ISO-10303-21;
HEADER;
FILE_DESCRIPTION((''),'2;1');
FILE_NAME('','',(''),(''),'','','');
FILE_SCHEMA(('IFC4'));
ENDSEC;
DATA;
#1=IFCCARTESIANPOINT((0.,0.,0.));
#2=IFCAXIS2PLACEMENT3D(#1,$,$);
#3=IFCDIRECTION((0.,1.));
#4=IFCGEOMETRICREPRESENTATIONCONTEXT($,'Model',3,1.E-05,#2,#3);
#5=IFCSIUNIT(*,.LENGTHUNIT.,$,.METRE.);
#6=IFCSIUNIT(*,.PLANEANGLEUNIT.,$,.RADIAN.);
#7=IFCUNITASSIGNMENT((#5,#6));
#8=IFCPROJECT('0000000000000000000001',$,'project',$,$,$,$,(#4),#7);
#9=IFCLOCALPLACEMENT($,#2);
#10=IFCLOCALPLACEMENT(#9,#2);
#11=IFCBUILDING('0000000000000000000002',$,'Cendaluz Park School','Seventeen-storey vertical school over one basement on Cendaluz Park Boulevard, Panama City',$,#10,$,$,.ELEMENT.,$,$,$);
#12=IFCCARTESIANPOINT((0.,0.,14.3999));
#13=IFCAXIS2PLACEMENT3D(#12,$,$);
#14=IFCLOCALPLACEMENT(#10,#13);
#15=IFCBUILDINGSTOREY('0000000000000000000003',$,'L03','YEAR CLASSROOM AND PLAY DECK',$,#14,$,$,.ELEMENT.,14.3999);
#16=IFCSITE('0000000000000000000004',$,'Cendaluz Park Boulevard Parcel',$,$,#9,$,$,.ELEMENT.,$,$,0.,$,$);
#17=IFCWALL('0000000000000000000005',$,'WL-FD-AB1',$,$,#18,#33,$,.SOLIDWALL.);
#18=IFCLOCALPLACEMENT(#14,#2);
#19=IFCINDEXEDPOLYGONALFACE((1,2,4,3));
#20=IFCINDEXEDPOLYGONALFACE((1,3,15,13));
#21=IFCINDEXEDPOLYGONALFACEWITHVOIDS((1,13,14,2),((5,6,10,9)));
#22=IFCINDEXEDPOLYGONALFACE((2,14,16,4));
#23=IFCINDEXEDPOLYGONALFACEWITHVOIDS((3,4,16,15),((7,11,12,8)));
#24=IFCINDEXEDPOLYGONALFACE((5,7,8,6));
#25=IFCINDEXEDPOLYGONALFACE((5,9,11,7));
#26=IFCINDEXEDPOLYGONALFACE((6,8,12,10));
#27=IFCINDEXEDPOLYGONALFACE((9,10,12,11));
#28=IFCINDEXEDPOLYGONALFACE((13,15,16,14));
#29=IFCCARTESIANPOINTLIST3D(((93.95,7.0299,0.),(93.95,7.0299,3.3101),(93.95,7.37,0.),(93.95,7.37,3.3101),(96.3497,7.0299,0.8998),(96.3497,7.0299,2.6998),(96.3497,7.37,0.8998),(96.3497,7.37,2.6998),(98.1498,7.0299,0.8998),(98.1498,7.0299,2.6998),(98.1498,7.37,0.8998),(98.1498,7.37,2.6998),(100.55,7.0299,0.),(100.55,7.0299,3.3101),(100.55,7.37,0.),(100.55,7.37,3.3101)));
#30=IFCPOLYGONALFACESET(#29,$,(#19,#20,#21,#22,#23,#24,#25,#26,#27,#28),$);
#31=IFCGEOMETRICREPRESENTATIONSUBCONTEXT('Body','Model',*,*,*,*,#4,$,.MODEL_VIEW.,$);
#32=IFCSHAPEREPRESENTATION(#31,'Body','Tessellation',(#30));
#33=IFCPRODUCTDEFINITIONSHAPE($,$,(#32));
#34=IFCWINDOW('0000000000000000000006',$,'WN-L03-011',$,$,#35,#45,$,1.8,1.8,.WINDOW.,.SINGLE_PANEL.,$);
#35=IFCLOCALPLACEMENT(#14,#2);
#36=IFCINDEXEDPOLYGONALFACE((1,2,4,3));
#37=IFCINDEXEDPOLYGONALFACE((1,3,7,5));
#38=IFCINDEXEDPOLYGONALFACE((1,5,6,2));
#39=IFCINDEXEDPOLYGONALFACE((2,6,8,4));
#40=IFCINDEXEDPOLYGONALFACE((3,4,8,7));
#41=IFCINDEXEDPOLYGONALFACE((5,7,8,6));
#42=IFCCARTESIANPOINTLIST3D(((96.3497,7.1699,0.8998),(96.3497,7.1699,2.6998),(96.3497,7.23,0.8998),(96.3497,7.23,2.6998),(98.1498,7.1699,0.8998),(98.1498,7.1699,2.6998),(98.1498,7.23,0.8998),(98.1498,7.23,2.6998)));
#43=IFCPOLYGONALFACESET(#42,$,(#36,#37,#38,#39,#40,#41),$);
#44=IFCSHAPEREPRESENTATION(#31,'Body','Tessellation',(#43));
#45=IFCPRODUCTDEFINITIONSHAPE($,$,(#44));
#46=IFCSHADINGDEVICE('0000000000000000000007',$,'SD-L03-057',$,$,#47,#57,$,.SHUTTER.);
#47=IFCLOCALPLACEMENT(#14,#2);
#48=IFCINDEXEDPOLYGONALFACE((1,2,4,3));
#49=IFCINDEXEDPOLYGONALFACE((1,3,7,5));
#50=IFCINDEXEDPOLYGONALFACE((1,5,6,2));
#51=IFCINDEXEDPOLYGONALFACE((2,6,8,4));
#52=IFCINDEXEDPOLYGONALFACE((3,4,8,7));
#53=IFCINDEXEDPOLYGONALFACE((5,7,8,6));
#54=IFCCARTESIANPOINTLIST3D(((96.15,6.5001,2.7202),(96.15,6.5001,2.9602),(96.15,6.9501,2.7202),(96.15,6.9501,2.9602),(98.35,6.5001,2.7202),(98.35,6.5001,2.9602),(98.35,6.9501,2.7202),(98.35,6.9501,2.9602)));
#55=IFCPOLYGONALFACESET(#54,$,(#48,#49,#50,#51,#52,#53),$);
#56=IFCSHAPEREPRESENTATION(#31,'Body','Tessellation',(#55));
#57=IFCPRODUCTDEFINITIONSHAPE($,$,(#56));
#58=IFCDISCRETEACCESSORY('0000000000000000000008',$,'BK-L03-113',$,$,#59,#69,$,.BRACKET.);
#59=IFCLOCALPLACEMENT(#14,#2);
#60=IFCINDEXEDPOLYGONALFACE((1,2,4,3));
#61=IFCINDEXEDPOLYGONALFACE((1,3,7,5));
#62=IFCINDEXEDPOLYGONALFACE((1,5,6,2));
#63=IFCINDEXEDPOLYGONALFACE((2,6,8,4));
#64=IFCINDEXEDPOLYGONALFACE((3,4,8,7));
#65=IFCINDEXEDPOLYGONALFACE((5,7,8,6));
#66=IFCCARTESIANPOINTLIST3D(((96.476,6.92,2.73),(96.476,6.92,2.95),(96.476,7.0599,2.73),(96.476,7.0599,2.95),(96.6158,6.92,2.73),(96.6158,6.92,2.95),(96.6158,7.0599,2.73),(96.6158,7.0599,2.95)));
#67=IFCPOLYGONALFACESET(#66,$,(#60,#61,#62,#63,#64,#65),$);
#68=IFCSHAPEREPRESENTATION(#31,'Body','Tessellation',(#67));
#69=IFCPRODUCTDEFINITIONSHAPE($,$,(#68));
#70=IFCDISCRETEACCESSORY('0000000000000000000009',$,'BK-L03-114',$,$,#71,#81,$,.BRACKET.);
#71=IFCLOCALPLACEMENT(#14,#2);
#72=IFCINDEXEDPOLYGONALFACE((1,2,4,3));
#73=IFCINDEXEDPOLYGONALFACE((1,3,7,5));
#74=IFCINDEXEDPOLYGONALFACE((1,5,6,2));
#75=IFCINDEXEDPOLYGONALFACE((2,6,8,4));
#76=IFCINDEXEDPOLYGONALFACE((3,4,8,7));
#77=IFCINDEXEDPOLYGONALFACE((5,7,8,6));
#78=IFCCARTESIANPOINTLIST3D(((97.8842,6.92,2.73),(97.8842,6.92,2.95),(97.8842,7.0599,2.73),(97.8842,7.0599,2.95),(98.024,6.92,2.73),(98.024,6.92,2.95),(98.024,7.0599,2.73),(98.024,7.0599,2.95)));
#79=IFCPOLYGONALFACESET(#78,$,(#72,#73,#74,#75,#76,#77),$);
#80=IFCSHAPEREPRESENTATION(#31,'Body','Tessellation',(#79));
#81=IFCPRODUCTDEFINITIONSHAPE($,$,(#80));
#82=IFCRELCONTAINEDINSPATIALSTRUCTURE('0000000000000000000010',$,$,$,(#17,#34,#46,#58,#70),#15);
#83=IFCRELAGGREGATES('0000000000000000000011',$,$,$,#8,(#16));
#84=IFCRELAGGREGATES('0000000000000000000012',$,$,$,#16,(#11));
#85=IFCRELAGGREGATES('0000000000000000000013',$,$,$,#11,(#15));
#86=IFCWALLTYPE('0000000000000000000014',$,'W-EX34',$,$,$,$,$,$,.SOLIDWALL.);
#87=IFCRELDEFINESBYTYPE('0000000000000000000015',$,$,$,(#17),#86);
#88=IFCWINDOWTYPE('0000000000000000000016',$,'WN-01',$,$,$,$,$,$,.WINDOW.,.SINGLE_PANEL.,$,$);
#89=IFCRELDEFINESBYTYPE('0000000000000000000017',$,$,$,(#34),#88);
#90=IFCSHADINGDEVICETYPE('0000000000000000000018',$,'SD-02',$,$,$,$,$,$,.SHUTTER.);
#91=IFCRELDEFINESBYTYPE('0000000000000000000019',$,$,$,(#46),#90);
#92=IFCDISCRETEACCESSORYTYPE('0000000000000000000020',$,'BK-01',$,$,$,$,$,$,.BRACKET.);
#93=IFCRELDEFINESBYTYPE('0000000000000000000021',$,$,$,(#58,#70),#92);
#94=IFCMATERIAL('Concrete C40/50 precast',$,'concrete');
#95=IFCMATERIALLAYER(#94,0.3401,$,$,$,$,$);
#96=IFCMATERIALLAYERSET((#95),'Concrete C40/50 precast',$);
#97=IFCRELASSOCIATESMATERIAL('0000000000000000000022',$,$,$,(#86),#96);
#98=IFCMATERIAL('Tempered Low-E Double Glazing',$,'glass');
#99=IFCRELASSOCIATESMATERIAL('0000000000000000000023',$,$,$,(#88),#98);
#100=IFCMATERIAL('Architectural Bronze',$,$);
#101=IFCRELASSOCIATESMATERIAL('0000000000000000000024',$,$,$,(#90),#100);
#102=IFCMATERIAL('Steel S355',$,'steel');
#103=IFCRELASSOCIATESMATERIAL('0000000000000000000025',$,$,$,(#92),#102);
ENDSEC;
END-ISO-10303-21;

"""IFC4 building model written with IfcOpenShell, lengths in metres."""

from ifc_helpers import new_model, si_unit, direction, frame, frame_2d, origin, origin_2d, place, context, subcontext, project, spatial, rectangle, extrude, material, layer, layer_set, type_object, element, fill, save


model = new_model("IFC4")

# Units and contexts
model_context = context("Model", 3, precision=1e-05, world=origin(), true_north=direction((0.0, 1.0)))
body_context = subcontext(model_context, "Body", "Model", "MODEL_VIEW")
ifc_project = project(units=[si_unit("LENGTHUNIT", "METRE"), si_unit("PLANEANGLEUNIT", "RADIAN")], contexts=[model_context])

# Site, building, storey
site_placement = place(None, origin())
site = spatial("IfcSite", under=ifc_project, at=site_placement, Name="Cendaluz Park Boulevard Parcel", CompositionType="ELEMENT", RefElevation=0.0)
building_placement = place(site_placement, origin())
building = spatial("IfcBuilding", under=site, at=building_placement, Name="Cendaluz Park School", Description="Seventeen-storey vertical school over one basement on Cendaluz Park Boulevard, Panama City", CompositionType="ELEMENT")
storey_placement = place(building_placement, frame((0.0, 0.0, 14.3999)))
storey = spatial("IfcBuildingStorey", under=building, at=storey_placement, Name="L03", Description="YEAR CLASSROOM AND PLAY DECK", CompositionType="ELEMENT", Elevation=14.3999)

# Shared definitions
ifc_material_1 = material(Name="Tempered Low-E Double Glazing", Category="glass")

# Wall, opening, window
ifc_material_2 = material(Name="Concrete C40/50 precast", Category="concrete")
ifc_layer_1 = layer(ifc_material_2, 0.3401)
ifc_layer_set_1 = layer_set([ifc_layer_1], Name="Concrete C40/50 precast")
wall_type_1 = type_object("IfcWallType", Name="W-EX34", PredefinedType="SOLIDWALL", material=ifc_layer_set_1)
wall_1_placement = place(storey_placement, frame((93.95, 7.2, 0.0), z_axis=(0.0, 0.0, 1.0), x_axis=(1.0, 0.0, 0.0)))
wall_1 = element("IfcWall", 1, at=wall_1_placement, inside=storey, type_object=wall_type_1, Name="WL-FD-AB1", PredefinedType="SOLIDWALL", context=body_context, shape_type="SweptSolid", body=[
    extrude(rectangle(XDim=6.6001, YDim=0.3401, at=frame_2d((3.3, 0.0))), origin(), (0.0, 0.0, 1.0), 3.3101),
])
opening_1_placement = place(wall_1_placement, frame((2.3999, 0.0, 0.8999)))
opening_1 = element("IfcOpeningElement", 2, at=opening_1_placement, cuts=wall_1, PredefinedType="OPENING", context=body_context, shape_type="SweptSolid", body=[
    extrude(rectangle(XDim=1.8, YDim=1.8, at=frame_2d((0.8999, 0.8999))), frame((0.0, 0.1821, 0.0), z_axis=(0.0, -1.0, 0.0), x_axis=(1.0, 0.0, 0.0)), (0.0, 0.0, 1.0), 0.364),
])
window_type = type_object("IfcWindowType", Name="WN-01", PartitioningType="SINGLE_PANEL", PredefinedType="WINDOW", material=ifc_material_1)
window_placement = place(opening_1_placement, origin())
window = element("IfcWindow", 3, at=window_placement, inside=storey, type_object=window_type, Name="WN-L03-011", OverallHeight=1.8, OverallWidth=1.8, PartitioningType="SINGLE_PANEL", PredefinedType="WINDOW", context=body_context, shape_type="SweptSolid", body=[
    extrude(rectangle(XDim=1.8, YDim=1.8, at=frame_2d((0.8999, 0.8999))), frame((0.0, 0.03, 0.0), z_axis=(0.0, -1.0, 0.0), x_axis=(1.0, 0.0, 0.0)), (0.0, 0.0, 1.0), 0.0601),
])
fill(opening_1, window)

# Shading device
ifc_material_3 = material(Name="Architectural Bronze")
shading_device_type = type_object("IfcShadingDeviceType", Name="SD-02", PredefinedType="SHUTTER", material=ifc_material_3)
shading_device_placement = place(storey_placement, frame((97.25, 6.7251, 2.7202), z_axis=(0.0, 0.0, 1.0), x_axis=(1.0, 0.0, 0.0)))
element("IfcShadingDevice", 4, at=shading_device_placement, inside=storey, type_object=shading_device_type, Name="SD-L03-057", PredefinedType="SHUTTER", context=body_context, shape_type="SweptSolid", body=[
    extrude(rectangle(XDim=2.2, YDim=0.45, at=origin_2d()), origin(), (0.0, 0.0, 1.0), 0.24),
])

# Discrete accessories
ifc_material_4 = material(Name="Steel S355", Category="steel")
discrete_accessory_type = type_object("IfcDiscreteAccessoryType", Name="BK-01", PredefinedType="BRACKET", material=ifc_material_4)
for number, where, z_axis, x_axis, name in (
    (5, (96.5459, 6.99, 2.73), (0.0, 0.0, 1.0), (1.0, 0.0, 0.0), "BK-L03-113"),
    (6, (97.9541, 6.99, 2.73), (0.0, 0.0, 1.0), (1.0, 0.0, 0.0), "BK-L03-114"),
):
    element("IfcDiscreteAccessory", number, at=place(storey_placement, frame(where, z_axis=z_axis, x_axis=x_axis)), inside=storey, type_object=discrete_accessory_type, Name=name, PredefinedType="BRACKET", context=body_context, shape_type="SweptSolid", body=[
        extrude(rectangle(XDim=0.1399, YDim=0.1399, at=origin_2d()), origin(), (0.0, 0.0, 1.0), 0.22),
    ])

save(model, "model.ifc")
